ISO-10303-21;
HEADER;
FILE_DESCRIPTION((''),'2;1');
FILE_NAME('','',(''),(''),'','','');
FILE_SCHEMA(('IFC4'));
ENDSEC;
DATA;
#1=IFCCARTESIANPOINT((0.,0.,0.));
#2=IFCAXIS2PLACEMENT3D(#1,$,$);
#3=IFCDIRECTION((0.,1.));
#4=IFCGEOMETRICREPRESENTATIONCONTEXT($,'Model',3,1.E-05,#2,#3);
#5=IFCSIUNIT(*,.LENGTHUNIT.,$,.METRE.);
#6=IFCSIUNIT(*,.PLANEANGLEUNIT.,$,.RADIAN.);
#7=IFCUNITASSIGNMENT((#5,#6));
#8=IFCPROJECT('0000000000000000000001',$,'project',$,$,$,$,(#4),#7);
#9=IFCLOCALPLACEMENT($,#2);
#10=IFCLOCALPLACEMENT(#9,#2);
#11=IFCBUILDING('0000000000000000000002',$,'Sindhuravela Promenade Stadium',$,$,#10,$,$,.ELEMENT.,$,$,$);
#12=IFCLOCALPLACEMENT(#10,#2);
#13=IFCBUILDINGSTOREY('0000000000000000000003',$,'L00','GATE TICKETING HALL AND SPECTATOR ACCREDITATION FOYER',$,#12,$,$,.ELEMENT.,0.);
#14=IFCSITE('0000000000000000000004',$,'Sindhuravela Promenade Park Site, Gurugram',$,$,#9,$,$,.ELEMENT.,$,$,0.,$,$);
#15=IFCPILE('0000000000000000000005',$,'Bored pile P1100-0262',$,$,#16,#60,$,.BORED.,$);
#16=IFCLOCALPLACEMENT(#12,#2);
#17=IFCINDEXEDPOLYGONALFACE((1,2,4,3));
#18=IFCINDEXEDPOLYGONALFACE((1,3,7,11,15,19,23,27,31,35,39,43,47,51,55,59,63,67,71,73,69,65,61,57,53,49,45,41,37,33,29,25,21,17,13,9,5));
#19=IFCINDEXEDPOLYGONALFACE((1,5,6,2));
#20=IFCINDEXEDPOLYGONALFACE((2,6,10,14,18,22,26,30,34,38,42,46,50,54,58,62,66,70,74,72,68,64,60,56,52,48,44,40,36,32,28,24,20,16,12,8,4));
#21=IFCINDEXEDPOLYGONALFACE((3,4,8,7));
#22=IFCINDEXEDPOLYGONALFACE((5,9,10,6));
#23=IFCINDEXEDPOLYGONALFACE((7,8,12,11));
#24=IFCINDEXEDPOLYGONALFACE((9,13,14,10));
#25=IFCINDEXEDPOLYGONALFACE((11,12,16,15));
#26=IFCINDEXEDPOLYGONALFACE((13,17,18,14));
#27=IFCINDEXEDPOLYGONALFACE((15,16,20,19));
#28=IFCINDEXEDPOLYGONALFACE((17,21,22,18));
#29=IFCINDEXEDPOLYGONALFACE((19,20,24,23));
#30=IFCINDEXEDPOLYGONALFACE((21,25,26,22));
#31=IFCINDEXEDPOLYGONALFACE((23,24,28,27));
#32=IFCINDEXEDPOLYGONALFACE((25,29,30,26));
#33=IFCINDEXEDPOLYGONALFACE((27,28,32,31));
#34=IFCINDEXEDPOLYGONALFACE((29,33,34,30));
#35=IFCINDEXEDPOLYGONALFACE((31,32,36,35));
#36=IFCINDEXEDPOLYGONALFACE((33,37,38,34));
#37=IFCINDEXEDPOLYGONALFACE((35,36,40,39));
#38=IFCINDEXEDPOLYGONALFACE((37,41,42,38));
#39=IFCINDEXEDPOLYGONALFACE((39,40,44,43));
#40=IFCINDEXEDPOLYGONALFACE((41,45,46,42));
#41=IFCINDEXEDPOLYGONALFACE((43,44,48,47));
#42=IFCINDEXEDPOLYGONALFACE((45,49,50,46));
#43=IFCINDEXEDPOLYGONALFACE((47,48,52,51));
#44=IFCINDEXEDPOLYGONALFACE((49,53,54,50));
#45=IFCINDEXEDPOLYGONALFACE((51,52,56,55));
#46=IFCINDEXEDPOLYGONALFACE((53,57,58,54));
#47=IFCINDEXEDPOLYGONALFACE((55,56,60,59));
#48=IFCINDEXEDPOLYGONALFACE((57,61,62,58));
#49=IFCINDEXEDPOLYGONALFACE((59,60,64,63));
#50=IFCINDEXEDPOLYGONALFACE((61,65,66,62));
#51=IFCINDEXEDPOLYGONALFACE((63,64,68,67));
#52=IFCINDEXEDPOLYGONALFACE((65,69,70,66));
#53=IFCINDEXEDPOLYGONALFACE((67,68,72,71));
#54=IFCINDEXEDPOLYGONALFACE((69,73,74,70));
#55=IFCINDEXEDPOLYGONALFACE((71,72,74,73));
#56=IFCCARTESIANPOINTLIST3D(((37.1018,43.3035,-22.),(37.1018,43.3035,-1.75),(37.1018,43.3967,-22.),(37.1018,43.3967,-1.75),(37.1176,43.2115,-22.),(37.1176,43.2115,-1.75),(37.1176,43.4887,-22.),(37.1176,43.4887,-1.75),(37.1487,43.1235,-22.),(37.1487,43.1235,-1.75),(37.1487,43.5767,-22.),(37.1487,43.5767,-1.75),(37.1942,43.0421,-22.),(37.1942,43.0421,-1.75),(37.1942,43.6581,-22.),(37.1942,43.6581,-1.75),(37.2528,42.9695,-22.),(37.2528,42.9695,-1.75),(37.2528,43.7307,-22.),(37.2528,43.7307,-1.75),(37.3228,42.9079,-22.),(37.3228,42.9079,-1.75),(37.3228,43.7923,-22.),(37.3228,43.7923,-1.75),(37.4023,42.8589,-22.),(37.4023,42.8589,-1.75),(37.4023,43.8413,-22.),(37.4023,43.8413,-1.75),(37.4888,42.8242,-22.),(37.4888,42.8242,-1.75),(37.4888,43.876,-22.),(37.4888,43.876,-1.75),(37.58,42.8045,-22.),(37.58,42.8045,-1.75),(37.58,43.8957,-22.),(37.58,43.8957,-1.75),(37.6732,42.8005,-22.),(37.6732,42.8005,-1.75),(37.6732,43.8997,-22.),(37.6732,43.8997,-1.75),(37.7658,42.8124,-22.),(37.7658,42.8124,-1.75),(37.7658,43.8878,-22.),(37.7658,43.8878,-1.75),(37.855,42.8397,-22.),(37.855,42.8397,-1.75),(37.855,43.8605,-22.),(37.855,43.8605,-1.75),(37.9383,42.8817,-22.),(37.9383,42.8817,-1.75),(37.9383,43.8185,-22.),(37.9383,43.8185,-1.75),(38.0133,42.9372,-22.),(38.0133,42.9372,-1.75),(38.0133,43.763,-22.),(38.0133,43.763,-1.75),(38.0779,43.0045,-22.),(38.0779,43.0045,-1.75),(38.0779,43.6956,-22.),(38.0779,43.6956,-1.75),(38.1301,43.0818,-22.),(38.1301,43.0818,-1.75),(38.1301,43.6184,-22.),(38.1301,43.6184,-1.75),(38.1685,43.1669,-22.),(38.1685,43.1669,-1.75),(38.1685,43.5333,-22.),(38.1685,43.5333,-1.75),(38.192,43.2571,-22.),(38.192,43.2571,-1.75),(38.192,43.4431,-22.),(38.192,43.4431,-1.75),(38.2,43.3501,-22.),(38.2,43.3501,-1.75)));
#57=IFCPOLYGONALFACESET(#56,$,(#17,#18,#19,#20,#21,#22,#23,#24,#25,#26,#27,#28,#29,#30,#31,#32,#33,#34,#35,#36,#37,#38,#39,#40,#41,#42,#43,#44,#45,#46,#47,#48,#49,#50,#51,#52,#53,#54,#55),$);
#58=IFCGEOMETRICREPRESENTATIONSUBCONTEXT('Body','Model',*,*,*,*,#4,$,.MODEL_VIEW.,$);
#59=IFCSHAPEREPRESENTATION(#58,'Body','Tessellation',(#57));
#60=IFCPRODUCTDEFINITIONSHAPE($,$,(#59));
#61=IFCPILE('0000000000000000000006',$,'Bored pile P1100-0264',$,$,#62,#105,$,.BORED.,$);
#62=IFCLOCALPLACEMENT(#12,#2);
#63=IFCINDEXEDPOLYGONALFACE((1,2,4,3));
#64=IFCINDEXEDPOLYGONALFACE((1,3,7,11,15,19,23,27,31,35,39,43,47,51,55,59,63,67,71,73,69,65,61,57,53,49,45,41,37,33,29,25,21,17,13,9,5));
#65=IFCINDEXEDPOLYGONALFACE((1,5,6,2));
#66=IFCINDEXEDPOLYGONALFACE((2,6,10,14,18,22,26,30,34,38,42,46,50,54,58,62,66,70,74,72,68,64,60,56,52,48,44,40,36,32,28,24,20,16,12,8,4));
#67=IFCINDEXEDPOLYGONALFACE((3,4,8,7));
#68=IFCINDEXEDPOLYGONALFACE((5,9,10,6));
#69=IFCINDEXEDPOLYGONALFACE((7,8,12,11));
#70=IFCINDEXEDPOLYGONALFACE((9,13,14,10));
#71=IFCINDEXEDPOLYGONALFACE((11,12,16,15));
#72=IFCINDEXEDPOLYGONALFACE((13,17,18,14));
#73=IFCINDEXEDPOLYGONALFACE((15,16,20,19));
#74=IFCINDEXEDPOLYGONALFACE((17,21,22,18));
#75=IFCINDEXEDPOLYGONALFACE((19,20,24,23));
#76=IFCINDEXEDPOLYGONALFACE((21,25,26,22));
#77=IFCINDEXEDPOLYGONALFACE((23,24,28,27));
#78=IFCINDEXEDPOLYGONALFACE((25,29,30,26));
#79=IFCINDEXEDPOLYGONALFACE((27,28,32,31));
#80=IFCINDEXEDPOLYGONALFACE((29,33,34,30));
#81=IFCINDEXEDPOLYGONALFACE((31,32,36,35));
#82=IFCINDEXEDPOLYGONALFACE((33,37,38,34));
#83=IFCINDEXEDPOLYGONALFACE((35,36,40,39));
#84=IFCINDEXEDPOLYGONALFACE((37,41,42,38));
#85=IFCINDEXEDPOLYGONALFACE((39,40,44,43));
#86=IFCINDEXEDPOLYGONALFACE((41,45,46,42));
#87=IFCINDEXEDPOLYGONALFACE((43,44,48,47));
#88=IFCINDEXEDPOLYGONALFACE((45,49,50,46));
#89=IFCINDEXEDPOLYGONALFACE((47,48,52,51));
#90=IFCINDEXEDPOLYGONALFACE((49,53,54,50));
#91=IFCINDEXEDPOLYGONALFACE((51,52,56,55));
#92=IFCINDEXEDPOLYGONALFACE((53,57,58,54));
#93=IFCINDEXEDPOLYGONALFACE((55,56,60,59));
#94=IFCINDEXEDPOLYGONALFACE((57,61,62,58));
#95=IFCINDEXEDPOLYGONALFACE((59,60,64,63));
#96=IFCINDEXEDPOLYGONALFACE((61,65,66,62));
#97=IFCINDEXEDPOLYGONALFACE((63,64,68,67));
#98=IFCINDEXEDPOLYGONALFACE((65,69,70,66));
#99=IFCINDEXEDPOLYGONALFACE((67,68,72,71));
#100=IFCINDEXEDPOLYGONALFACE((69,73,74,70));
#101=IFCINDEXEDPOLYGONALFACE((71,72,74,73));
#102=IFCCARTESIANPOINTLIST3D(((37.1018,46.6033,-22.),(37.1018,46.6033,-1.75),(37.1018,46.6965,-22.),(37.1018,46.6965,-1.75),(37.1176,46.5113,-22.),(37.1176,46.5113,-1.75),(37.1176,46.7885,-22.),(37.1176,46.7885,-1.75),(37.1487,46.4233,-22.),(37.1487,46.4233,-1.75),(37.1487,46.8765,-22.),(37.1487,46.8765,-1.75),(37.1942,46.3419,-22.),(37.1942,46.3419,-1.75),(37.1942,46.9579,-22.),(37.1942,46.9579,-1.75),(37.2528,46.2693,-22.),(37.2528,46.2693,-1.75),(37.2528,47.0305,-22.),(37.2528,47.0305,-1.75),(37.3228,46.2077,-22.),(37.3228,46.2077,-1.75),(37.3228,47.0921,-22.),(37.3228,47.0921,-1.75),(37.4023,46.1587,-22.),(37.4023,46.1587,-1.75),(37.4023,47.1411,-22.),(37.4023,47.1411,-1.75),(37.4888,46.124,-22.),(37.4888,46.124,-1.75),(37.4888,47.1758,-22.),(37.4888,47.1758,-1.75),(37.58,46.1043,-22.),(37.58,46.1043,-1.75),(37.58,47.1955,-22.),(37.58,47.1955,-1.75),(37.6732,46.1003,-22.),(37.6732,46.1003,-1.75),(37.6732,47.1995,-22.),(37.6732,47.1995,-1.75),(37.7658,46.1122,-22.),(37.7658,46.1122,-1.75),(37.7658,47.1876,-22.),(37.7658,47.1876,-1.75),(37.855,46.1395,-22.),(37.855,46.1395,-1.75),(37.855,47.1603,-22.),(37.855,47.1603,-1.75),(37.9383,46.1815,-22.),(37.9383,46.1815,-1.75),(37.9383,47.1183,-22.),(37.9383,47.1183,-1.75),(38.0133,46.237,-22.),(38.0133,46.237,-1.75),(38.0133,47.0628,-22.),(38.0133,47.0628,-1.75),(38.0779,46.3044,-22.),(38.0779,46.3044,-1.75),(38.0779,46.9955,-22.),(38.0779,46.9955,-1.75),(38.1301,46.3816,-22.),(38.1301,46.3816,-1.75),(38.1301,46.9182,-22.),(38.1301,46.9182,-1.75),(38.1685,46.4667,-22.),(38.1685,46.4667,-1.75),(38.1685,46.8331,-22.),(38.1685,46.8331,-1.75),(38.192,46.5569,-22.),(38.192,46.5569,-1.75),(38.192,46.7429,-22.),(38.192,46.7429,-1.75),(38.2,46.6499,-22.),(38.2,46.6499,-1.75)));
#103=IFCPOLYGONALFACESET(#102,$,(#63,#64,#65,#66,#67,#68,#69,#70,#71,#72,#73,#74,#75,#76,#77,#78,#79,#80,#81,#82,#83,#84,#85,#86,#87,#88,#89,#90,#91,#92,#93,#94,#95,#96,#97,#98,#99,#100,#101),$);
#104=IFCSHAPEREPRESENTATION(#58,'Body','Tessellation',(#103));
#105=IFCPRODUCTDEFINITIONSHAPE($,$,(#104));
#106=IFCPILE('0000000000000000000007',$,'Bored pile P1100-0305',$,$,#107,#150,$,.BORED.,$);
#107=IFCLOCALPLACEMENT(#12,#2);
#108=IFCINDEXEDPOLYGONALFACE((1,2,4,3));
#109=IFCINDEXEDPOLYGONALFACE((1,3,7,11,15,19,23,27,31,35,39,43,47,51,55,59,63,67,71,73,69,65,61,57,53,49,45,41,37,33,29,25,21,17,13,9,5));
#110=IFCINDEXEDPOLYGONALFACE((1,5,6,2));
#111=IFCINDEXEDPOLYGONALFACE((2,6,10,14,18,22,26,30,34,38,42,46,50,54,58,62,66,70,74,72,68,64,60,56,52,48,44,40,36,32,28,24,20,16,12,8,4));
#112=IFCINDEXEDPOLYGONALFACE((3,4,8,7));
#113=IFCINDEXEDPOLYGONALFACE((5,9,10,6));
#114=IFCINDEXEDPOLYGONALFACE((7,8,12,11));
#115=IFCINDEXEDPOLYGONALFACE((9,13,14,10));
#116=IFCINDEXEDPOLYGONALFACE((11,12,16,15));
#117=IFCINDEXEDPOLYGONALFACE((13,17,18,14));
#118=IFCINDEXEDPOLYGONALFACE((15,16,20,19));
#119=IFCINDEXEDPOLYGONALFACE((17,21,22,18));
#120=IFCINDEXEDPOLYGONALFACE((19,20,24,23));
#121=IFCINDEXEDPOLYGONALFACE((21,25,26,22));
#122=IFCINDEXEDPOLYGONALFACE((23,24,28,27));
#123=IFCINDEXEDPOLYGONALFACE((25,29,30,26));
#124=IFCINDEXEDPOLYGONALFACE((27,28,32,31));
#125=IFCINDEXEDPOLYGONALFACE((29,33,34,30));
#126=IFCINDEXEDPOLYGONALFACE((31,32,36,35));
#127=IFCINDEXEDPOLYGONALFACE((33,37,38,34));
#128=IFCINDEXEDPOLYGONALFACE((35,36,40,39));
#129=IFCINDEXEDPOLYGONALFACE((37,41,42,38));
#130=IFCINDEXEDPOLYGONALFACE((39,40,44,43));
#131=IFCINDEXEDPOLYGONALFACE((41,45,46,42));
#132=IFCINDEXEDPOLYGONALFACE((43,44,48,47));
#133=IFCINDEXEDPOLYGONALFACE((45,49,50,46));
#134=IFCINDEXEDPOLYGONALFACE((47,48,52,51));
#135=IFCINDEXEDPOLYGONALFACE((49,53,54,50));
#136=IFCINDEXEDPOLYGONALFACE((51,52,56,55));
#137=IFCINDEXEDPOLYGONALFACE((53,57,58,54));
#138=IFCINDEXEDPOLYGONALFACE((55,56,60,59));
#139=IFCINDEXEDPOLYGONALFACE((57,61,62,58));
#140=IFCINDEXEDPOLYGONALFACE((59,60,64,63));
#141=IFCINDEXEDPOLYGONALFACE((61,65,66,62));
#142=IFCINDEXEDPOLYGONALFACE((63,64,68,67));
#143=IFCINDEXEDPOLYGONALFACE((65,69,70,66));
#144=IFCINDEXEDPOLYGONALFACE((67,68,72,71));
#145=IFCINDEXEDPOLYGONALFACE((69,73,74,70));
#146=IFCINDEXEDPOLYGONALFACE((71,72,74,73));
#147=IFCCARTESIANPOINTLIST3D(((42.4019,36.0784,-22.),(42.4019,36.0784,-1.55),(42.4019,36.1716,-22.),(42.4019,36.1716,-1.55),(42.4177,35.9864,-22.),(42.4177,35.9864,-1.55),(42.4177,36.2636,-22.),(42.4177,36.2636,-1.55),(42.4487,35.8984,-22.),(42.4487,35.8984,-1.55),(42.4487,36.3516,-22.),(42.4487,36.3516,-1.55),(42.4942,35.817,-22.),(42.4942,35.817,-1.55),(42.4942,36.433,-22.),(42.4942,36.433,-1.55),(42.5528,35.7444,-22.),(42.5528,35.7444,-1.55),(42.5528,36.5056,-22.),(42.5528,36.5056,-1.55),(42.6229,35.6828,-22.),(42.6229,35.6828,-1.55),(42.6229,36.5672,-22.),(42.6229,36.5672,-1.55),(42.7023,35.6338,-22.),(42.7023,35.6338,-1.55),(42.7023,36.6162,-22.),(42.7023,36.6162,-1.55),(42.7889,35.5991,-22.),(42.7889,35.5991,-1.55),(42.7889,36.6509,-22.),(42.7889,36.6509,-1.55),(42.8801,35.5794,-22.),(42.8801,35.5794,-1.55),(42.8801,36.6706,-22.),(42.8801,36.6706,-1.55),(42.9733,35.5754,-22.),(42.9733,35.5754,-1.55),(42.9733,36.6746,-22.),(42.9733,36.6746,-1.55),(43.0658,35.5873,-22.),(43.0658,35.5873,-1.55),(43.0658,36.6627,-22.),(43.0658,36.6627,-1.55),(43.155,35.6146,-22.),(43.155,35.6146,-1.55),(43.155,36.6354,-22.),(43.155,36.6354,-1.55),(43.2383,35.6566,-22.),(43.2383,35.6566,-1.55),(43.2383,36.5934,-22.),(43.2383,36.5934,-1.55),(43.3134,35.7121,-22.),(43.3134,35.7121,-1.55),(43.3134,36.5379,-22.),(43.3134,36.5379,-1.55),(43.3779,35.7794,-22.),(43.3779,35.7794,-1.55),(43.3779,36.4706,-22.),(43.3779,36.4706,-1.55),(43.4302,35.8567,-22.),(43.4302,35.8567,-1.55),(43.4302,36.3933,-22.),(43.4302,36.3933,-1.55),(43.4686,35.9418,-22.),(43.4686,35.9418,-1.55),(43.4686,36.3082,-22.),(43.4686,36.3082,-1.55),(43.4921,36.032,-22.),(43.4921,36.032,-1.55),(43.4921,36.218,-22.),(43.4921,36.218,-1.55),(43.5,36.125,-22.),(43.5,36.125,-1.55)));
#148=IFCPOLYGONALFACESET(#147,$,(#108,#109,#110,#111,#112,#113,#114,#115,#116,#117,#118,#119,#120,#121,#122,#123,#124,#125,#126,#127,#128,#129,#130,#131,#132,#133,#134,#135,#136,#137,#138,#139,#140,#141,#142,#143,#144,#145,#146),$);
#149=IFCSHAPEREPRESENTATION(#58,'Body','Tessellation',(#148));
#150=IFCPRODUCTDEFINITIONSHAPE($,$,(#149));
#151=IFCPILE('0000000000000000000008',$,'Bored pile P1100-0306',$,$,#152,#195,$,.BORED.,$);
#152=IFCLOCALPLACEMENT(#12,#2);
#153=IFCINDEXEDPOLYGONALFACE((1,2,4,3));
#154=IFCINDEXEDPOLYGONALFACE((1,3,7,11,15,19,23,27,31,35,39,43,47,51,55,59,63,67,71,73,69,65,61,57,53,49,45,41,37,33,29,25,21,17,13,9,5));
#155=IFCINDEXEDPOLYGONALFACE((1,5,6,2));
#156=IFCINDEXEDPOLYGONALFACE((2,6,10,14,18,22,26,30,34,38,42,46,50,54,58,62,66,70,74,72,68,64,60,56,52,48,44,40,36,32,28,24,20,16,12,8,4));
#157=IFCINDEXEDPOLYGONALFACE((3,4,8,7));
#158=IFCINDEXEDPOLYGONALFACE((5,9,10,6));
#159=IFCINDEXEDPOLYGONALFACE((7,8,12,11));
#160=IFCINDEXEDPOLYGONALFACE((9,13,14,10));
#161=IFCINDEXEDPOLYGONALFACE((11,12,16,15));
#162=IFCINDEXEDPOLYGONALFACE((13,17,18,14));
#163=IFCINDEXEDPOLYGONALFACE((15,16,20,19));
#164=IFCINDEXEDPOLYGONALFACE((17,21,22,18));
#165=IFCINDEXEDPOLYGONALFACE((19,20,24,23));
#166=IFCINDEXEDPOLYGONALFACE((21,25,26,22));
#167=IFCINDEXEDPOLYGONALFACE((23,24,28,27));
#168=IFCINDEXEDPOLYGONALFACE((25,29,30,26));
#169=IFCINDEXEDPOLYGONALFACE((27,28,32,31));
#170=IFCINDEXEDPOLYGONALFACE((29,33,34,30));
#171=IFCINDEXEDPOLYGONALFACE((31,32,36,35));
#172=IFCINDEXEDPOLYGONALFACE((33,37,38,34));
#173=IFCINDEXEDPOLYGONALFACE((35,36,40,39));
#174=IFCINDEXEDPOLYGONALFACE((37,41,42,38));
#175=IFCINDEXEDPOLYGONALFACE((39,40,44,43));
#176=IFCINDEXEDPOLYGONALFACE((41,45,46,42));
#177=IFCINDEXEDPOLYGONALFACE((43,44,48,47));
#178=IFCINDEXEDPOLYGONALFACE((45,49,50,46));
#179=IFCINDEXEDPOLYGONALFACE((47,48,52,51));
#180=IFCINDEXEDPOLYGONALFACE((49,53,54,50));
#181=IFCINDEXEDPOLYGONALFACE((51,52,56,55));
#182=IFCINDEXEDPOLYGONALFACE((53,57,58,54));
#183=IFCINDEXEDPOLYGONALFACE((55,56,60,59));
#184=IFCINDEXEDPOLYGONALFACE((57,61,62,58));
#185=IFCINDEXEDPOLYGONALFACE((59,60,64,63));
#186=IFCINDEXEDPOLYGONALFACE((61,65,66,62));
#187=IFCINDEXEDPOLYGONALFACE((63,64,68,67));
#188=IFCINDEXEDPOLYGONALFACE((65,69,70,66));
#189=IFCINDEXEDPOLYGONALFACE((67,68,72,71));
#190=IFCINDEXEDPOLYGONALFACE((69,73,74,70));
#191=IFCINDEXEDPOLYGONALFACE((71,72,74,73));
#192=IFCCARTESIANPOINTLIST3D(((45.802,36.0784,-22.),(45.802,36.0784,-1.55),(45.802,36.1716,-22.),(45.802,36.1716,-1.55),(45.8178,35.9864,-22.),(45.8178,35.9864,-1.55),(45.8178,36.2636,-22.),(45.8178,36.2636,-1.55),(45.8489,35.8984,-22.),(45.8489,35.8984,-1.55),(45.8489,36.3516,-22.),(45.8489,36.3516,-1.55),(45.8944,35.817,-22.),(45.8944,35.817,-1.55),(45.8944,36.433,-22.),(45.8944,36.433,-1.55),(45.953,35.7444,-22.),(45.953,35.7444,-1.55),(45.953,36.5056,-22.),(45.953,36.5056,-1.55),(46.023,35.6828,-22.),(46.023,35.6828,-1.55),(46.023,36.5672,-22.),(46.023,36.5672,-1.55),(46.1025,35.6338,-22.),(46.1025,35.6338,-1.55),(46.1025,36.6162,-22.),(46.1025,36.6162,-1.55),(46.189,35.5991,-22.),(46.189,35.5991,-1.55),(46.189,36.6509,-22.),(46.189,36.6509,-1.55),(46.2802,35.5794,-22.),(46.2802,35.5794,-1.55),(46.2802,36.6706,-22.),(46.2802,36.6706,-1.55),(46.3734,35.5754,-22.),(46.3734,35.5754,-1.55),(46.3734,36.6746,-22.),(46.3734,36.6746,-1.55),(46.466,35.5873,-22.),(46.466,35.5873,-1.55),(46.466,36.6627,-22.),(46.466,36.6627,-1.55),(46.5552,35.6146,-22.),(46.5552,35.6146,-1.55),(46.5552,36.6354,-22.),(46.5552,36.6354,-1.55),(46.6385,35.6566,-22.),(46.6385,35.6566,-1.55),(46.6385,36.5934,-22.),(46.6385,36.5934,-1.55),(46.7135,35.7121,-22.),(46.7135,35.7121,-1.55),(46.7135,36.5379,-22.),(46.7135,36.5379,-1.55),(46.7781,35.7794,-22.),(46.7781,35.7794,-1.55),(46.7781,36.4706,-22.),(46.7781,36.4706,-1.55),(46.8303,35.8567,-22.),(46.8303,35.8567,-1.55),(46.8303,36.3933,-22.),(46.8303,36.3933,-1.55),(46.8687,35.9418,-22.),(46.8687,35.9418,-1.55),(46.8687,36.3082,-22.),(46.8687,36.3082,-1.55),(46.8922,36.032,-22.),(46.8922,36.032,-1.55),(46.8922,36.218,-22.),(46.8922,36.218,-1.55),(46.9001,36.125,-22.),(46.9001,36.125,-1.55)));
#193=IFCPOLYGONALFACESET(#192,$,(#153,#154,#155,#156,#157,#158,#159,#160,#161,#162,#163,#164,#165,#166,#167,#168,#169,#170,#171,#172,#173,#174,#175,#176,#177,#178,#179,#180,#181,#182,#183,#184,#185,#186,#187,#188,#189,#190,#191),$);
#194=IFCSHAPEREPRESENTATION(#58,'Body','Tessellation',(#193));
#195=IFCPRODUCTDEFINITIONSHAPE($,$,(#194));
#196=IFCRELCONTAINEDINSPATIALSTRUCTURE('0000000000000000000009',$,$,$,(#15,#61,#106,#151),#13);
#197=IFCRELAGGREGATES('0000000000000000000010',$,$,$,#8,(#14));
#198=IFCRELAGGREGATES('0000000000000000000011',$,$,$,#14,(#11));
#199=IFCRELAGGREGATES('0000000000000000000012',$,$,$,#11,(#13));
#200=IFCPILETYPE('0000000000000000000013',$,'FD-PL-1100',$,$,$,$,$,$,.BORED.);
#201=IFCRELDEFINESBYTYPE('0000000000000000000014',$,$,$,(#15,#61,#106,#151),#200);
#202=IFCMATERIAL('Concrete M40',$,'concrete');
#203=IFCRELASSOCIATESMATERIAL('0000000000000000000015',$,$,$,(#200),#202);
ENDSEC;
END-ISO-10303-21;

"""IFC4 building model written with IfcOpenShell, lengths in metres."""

from ifc_helpers import new_model, si_unit, direction, frame, origin, origin_2d, place, context, subcontext, project, spatial, circle, extrude, material, material_profile, profile_set, type_object, element, save


model = new_model("IFC4")

# Units and contexts
model_context = context("Model", 3, precision=1e-05, world=origin(), true_north=direction((0.0, 1.0)))
body_context = subcontext(model_context, "Body", "Model", "MODEL_VIEW")
ifc_project = project(units=[si_unit("LENGTHUNIT", "METRE"), si_unit("PLANEANGLEUNIT", "RADIAN")], contexts=[model_context])

# Site, building, storey
site_placement = place(None, origin())
site = spatial("IfcSite", under=ifc_project, at=site_placement, Name="Sindhuravela Promenade Park Site, Gurugram", CompositionType="ELEMENT", RefElevation=0.0)
building_placement = place(site_placement, origin())
building = spatial("IfcBuilding", under=site, at=building_placement, Name="Sindhuravela Promenade Stadium", CompositionType="ELEMENT")
storey_placement = place(building_placement, origin())
storey = spatial("IfcBuildingStorey", under=building, at=storey_placement, Name="L00", Description="GATE TICKETING HALL AND SPECTATOR ACCREDITATION FOYER", CompositionType="ELEMENT", Elevation=0.0)

# Piles
ifc_material_1 = material(Name="Concrete M40", Category="concrete")
ifc_material_profile_1 = material_profile(ifc_material_1, circle(Radius=0.55, at=origin_2d()), Name="BORED PILE D1100")
ifc_profile_set_1 = profile_set([ifc_material_profile_1], Name="Concrete M40")
pile_type_1 = type_object("IfcPileType", Name="FD-PL-1100", PredefinedType="BORED", material=ifc_profile_set_1)
for number, where, z_axis, x_axis, name in (
    (1, (37.6499, 43.3501, -1.75), (0.0, 0.0, -1.0), (1.0, 0.0, 0.0), "Bored pile P1100-0262"),
    (2, (37.6499, 46.6499, -1.75), (0.0, 0.0, -1.0), (1.0, 0.0, 0.0), "Bored pile P1100-0264"),
):
    element("IfcPile", number, at=place(storey_placement, frame(where, z_axis=z_axis, x_axis=x_axis)), inside=storey, type_object=pile_type_1, Name=name, PredefinedType="BORED", context=body_context, shape_type="SweptSolid", body=[
        extrude(circle(Radius=0.55, at=origin_2d()), origin(), (0.0, 0.0, 1.0), 20.25),
    ])
for number, where, z_axis, x_axis, name in (
    (3, (42.95, 36.125, -1.55), (0.0, 0.0, -1.0), (1.0, 0.0, 0.0), "Bored pile P1100-0305"),
    (4, (46.3501, 36.125, -1.55), (0.0, 0.0, -1.0), (1.0, 0.0, 0.0), "Bored pile P1100-0306"),
):
    element("IfcPile", number, at=place(storey_placement, frame(where, z_axis=z_axis, x_axis=x_axis)), inside=storey, type_object=pile_type_1, Name=name, PredefinedType="BORED", context=body_context, shape_type="SweptSolid", body=[
        extrude(circle(Radius=0.55, at=origin_2d()), origin(), (0.0, 0.0, 1.0), 20.45),
    ])

save(model, "model.ifc")
